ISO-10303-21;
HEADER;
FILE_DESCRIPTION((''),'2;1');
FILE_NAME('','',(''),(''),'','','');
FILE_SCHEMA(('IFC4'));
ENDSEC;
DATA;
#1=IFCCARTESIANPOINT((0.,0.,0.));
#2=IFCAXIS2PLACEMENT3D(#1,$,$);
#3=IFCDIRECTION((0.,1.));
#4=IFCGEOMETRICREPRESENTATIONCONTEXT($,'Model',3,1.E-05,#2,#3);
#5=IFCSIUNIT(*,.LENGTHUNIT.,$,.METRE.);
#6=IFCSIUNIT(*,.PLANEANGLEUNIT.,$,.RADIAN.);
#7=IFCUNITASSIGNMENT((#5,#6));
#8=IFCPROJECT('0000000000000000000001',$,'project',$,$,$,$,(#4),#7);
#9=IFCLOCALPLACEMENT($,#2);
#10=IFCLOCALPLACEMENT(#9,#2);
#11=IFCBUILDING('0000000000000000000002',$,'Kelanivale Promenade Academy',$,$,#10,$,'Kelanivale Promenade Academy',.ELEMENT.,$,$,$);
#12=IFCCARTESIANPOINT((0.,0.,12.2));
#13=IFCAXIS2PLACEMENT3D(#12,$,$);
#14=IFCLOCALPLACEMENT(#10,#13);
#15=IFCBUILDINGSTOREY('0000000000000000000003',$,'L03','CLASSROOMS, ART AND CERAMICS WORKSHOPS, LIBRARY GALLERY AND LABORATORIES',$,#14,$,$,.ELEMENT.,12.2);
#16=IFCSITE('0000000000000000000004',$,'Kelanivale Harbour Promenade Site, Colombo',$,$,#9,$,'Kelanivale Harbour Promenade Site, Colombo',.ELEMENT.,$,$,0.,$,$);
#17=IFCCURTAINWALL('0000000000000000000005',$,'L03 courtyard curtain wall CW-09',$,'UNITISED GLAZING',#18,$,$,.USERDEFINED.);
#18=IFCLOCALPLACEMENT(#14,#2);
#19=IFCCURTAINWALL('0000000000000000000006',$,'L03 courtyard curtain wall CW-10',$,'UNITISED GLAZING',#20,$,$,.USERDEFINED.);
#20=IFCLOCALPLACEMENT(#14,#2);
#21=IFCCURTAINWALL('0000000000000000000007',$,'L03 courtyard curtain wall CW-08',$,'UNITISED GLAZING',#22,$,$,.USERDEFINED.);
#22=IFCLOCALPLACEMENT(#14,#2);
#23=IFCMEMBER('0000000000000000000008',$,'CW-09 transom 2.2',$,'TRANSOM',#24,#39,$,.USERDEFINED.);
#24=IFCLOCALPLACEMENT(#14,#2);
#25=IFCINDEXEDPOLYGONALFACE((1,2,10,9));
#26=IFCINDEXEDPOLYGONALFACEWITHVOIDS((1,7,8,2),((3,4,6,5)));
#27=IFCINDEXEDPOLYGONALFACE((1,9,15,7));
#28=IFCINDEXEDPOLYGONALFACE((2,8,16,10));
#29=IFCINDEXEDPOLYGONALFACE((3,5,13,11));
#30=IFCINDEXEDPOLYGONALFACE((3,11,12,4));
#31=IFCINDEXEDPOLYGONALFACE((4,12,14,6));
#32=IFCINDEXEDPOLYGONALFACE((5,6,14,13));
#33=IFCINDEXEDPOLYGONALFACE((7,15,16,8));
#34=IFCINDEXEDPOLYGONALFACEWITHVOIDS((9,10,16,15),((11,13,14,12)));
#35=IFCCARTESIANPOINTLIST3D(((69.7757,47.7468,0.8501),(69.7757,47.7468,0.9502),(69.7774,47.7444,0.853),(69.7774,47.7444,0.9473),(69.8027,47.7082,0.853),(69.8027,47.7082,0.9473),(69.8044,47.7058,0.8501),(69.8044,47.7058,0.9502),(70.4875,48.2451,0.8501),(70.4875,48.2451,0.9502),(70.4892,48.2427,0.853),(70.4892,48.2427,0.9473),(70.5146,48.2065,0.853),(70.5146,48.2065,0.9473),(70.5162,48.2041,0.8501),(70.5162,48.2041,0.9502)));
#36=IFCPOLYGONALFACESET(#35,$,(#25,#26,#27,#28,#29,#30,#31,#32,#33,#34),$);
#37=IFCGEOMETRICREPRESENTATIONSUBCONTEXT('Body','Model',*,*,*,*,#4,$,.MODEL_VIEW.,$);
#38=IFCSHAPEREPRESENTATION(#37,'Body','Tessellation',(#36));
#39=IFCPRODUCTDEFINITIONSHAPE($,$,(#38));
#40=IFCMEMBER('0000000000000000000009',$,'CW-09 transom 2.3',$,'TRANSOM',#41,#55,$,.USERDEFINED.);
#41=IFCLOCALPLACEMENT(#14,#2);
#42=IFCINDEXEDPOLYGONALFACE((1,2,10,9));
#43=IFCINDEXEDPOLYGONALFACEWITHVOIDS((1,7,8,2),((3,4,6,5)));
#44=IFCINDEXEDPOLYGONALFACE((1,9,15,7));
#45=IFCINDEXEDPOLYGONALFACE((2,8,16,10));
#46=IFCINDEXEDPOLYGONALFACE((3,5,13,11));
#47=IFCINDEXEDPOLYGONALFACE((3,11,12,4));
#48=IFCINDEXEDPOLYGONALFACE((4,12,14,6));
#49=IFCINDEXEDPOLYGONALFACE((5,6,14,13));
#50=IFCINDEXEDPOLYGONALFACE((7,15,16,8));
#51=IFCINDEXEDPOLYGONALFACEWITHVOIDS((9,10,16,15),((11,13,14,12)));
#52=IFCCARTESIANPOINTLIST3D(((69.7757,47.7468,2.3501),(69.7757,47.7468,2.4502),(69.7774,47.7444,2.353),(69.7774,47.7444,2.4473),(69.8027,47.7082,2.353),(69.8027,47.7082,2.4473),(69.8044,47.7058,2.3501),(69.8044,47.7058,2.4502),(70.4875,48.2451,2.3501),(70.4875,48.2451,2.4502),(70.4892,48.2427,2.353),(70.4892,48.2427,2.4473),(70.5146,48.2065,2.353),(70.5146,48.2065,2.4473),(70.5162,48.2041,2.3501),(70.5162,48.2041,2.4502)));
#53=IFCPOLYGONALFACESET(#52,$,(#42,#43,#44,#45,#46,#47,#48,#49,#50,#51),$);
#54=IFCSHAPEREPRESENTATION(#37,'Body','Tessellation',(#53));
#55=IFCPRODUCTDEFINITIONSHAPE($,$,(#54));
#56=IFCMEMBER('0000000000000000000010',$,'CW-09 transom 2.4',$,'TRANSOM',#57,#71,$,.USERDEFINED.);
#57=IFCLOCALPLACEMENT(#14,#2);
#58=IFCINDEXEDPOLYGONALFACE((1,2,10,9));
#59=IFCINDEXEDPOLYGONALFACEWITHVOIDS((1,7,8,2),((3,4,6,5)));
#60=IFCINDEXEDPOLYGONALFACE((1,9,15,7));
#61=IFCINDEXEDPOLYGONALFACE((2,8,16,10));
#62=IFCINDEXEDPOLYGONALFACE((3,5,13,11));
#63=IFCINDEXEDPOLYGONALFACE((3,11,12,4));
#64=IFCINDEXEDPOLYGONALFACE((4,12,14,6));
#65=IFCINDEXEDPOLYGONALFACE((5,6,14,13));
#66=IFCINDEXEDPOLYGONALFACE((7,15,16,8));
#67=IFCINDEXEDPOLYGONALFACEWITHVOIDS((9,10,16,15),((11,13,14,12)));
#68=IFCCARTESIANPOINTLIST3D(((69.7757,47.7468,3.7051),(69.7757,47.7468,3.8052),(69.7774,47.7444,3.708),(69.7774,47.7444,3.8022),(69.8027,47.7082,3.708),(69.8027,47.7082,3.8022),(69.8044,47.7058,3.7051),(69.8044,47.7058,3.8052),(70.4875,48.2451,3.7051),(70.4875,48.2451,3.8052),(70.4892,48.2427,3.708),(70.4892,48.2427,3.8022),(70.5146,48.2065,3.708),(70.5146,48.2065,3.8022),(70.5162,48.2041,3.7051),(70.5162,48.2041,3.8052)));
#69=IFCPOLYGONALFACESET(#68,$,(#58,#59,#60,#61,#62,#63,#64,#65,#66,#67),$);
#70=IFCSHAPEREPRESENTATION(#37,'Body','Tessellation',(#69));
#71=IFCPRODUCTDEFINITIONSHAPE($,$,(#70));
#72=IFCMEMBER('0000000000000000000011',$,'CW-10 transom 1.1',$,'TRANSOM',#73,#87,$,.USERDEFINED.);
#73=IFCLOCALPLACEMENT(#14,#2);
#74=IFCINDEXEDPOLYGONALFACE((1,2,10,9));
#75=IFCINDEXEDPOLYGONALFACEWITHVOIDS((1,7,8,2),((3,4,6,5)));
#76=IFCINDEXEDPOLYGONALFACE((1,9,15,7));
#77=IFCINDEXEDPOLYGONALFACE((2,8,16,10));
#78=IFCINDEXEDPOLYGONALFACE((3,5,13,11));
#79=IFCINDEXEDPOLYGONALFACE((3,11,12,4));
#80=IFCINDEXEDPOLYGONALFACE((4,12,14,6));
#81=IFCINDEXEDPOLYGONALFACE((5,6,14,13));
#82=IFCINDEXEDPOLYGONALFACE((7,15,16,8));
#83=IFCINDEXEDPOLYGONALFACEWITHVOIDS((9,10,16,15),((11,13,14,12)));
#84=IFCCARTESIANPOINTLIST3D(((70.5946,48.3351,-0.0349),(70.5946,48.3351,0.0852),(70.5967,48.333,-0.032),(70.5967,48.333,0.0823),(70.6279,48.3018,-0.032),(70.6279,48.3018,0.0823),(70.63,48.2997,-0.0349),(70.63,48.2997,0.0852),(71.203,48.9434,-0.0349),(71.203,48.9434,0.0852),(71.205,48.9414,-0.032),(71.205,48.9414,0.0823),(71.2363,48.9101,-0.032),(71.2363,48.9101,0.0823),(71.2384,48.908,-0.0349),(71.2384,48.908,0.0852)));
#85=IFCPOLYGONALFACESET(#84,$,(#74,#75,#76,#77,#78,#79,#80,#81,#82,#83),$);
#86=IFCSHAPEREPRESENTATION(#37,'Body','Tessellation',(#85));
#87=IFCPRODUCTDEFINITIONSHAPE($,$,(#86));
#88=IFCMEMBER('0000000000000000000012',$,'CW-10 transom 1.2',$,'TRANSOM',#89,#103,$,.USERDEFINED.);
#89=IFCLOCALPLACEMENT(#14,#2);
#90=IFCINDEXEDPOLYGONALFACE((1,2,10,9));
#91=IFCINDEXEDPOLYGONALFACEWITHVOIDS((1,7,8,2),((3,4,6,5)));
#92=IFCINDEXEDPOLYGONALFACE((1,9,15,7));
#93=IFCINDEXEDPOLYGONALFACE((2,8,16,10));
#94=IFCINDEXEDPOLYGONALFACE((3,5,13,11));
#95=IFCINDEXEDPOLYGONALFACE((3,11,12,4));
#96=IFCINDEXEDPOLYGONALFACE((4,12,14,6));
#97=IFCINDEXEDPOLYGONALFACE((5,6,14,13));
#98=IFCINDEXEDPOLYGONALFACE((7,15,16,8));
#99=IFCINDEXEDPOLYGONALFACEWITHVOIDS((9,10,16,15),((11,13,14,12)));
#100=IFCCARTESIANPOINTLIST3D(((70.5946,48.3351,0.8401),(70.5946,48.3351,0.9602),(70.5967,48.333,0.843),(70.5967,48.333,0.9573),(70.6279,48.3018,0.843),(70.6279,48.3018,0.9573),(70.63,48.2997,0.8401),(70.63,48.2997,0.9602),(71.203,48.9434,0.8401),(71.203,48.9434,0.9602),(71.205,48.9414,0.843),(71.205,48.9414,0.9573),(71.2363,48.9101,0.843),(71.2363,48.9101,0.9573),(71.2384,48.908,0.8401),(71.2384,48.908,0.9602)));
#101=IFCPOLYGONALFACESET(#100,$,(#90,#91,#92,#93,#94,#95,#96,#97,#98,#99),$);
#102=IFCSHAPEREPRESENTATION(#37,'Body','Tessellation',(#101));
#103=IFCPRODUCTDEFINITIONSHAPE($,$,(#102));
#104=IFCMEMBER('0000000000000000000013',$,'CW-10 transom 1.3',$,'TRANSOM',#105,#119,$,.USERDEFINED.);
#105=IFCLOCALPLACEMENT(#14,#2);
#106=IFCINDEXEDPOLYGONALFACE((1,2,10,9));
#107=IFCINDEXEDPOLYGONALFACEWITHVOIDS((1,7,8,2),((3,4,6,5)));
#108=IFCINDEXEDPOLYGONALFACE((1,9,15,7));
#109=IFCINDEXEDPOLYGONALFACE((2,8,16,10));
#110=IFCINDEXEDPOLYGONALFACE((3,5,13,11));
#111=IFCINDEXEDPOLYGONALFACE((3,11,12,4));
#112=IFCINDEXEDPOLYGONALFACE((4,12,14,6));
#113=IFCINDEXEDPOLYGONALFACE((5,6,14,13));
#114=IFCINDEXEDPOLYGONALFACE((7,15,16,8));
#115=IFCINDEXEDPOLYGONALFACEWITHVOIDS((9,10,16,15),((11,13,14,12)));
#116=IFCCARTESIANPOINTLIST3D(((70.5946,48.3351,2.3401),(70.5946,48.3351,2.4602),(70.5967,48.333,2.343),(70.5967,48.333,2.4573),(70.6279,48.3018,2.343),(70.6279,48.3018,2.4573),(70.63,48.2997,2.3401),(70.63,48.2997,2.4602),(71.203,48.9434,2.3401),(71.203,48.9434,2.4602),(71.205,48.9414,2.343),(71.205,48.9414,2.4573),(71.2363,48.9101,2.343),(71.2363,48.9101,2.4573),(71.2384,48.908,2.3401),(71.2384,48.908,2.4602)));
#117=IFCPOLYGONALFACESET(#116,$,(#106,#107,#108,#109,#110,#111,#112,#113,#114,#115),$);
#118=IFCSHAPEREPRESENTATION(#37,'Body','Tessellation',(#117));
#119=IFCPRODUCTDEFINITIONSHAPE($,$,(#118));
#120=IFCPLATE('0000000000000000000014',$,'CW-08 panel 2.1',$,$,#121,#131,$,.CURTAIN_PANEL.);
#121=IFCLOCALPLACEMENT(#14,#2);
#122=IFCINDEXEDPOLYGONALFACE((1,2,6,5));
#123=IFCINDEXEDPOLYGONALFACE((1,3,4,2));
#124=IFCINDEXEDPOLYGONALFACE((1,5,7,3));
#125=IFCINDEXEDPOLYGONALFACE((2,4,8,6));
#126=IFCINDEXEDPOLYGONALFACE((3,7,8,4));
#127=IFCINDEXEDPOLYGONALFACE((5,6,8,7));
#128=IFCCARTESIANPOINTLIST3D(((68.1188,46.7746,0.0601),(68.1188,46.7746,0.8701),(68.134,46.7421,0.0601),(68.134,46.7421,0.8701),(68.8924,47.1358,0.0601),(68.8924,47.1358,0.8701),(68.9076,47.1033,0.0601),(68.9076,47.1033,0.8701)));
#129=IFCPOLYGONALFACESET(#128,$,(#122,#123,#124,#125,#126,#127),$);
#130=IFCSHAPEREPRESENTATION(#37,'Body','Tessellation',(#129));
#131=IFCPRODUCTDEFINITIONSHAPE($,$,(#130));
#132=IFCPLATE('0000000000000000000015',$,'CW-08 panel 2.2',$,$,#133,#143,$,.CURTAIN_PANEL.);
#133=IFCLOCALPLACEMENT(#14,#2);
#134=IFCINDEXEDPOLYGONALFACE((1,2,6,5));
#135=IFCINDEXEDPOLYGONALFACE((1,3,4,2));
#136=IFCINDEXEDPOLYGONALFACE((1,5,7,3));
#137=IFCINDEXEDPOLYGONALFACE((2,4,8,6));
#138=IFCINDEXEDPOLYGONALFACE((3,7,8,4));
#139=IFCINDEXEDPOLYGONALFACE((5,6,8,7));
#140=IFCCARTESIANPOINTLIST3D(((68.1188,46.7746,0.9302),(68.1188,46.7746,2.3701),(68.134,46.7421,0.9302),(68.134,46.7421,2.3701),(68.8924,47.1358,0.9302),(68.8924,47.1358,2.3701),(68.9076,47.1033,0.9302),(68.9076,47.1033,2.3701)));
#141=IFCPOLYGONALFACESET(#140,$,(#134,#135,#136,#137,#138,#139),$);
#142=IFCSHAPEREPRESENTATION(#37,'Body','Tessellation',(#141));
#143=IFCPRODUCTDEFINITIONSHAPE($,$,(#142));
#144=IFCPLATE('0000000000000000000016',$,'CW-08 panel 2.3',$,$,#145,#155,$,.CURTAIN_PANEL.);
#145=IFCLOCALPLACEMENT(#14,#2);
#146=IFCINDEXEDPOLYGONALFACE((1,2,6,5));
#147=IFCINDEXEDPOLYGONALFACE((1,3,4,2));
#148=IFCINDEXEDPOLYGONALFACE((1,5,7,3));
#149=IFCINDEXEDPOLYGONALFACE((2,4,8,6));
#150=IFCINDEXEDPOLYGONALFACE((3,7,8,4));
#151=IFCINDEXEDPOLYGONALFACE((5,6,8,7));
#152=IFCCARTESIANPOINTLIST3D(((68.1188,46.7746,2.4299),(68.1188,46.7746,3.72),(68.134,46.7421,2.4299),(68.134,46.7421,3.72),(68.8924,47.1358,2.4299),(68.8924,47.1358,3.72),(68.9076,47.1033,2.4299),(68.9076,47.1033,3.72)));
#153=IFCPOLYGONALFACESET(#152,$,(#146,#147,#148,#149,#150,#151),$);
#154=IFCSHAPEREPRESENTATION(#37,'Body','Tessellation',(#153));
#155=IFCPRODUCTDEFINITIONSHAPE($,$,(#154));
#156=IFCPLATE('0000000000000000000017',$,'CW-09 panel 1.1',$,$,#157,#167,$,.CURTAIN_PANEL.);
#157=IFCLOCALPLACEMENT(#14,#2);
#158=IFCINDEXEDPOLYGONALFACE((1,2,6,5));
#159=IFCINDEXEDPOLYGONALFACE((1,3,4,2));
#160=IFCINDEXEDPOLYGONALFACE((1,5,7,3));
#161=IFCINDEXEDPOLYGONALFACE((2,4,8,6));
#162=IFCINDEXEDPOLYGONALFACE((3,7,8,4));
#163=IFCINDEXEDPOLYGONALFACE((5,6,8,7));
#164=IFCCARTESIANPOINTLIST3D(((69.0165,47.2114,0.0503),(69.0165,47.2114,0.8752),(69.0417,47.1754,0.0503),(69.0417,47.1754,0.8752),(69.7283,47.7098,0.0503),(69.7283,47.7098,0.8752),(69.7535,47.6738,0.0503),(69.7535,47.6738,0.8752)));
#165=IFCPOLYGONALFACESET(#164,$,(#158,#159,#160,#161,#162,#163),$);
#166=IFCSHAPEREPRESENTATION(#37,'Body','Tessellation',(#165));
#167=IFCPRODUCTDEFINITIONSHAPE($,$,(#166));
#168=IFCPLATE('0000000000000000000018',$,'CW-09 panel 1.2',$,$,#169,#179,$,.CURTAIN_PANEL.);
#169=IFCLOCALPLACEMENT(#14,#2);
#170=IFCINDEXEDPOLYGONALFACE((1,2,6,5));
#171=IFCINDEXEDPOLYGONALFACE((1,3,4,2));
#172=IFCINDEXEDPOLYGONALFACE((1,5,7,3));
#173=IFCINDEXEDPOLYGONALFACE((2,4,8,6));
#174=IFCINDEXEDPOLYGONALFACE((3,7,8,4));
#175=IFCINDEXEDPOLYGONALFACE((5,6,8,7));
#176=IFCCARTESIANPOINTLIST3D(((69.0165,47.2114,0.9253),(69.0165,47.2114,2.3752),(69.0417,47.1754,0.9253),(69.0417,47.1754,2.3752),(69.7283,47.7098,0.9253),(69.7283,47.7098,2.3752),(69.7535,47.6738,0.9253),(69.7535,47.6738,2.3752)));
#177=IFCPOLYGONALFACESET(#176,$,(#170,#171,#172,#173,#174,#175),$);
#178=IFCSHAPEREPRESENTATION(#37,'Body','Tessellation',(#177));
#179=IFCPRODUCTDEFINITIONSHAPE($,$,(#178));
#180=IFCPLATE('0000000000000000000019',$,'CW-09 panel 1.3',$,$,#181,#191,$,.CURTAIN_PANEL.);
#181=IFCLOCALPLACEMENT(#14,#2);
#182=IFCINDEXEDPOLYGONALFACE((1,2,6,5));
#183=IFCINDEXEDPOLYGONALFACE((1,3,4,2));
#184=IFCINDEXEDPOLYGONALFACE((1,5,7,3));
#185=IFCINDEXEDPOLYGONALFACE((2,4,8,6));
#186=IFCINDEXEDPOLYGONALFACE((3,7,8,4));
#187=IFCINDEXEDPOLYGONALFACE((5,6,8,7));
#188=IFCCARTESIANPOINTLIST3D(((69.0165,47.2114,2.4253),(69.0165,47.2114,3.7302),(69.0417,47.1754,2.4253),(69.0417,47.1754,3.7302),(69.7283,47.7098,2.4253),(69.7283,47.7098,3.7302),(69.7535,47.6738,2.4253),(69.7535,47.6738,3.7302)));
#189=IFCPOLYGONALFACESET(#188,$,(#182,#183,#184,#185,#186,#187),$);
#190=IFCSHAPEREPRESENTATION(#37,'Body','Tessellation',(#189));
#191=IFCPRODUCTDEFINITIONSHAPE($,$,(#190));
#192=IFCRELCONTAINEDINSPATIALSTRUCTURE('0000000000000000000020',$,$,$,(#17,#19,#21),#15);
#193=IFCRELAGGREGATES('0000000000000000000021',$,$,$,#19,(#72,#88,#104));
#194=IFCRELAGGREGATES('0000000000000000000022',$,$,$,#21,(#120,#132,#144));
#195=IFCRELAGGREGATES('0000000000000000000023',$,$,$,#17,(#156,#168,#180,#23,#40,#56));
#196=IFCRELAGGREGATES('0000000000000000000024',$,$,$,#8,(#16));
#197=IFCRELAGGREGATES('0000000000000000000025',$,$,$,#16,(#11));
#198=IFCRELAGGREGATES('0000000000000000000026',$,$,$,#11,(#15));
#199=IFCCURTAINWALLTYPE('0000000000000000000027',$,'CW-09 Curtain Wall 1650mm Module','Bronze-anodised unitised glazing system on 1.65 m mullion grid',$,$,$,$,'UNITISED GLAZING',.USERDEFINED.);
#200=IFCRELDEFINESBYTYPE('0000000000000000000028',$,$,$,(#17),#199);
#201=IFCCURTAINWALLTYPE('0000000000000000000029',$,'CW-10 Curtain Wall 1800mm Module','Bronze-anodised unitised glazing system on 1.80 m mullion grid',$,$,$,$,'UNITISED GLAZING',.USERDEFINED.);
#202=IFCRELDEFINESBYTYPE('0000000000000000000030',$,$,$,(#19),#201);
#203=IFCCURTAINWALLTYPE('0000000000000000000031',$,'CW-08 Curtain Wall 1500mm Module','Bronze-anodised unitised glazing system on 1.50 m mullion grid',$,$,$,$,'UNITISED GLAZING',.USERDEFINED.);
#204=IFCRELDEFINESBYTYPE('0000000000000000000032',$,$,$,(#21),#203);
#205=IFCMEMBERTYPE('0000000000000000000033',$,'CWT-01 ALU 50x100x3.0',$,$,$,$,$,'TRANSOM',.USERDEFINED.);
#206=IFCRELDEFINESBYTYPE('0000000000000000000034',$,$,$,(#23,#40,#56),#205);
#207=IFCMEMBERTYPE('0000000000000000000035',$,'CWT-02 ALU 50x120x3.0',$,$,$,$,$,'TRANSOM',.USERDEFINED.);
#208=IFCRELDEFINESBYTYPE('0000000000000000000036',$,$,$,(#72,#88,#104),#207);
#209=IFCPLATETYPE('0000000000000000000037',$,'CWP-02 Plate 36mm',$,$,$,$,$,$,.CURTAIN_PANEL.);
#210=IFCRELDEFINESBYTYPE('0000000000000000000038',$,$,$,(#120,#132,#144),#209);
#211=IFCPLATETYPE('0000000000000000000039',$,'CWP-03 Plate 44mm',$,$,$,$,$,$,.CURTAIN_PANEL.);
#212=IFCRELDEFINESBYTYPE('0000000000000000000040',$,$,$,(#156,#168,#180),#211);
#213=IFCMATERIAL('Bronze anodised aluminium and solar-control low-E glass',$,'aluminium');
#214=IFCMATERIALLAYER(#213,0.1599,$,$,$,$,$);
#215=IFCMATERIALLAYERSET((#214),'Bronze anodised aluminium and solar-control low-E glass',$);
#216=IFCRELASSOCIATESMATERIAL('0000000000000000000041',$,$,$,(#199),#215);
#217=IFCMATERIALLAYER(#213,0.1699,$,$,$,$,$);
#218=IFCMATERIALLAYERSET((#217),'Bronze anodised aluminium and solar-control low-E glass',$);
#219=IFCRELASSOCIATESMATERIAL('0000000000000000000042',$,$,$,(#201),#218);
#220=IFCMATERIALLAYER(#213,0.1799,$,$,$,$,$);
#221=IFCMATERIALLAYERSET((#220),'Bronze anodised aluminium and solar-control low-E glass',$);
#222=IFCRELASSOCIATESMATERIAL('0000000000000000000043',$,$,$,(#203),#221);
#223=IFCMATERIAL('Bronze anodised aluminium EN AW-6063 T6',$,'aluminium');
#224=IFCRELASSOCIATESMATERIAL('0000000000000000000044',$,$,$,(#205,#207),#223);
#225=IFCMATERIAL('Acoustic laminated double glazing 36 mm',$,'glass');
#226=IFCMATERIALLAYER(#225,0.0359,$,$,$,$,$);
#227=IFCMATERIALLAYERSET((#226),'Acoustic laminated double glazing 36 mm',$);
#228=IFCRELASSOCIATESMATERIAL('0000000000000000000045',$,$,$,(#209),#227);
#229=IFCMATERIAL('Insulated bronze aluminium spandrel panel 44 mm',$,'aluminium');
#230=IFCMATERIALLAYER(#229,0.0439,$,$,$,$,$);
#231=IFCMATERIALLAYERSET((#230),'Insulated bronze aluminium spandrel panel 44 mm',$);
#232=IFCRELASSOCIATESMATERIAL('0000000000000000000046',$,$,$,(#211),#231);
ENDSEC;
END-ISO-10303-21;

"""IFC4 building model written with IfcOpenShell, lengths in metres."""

from ifc_helpers import new_model, si_unit, direction, frame, origin, origin_2d, place, context, subcontext, project, spatial, rectangle, hollow_rectangle, extrude, material, layer, layer_set, material_profile, profile_set, type_object, element, aggregate, save


model = new_model("IFC4")

# Units and contexts
model_context = context("Model", 3, precision=1e-05, world=origin(), true_north=direction((0.0, 1.0)))
body_context = subcontext(model_context, "Body", "Model", "MODEL_VIEW")
ifc_project = project(units=[si_unit("LENGTHUNIT", "METRE"), si_unit("PLANEANGLEUNIT", "RADIAN")], contexts=[model_context])

# Site, building, storey
site_placement = place(None, origin())
site = spatial("IfcSite", under=ifc_project, at=site_placement, Name="Kelanivale Harbour Promenade Site, Colombo", LongName="Kelanivale Harbour Promenade Site, Colombo", CompositionType="ELEMENT", RefElevation=0.0)
building_placement = place(site_placement, origin())
building = spatial("IfcBuilding", under=site, at=building_placement, Name="Kelanivale Promenade Academy", LongName="Kelanivale Promenade Academy", CompositionType="ELEMENT")
storey_placement = place(building_placement, frame((0.0, 0.0, 12.2)))
storey = spatial("IfcBuildingStorey", under=building, at=storey_placement, Name="L03", Description="CLASSROOMS, ART AND CERAMICS WORKSHOPS, LIBRARY GALLERY AND LABORATORIES", CompositionType="ELEMENT", Elevation=12.2)

# Curtain wall
ifc_material_1 = material(Name="Bronze anodised aluminium and solar-control low-E glass", Category="aluminium")
ifc_layer_1 = layer(ifc_material_1, 0.1599)
ifc_layer_set_1 = layer_set([ifc_layer_1], Name="Bronze anodised aluminium and solar-control low-E glass")
curtain_wall_type_1 = type_object("IfcCurtainWallType", Name="CW-09 Curtain Wall 1650mm Module", Description="Bronze-anodised unitised glazing system on 1.65 m mullion grid", ElementType="UNITISED GLAZING", PredefinedType="USERDEFINED", material=ifc_layer_set_1)
curtain_wall_1_placement = place(storey_placement, origin())
curtain_wall_1 = element("IfcCurtainWall", 1, at=curtain_wall_1_placement, inside=storey, type_object=curtain_wall_type_1, Name="L03 courtyard curtain wall CW-09", ObjectType="UNITISED GLAZING", PredefinedType="USERDEFINED")
ifc_material_2 = material(Name="Bronze anodised aluminium EN AW-6063 T6", Category="aluminium")

# Curtain walls
ifc_layer_2 = layer(ifc_material_1, 0.1699)
ifc_layer_set_2 = layer_set([ifc_layer_2], Name="Bronze anodised aluminium and solar-control low-E glass")
curtain_wall_type_2 = type_object("IfcCurtainWallType", Name="CW-10 Curtain Wall 1800mm Module", Description="Bronze-anodised unitised glazing system on 1.80 m mullion grid", ElementType="UNITISED GLAZING", PredefinedType="USERDEFINED", material=ifc_layer_set_2)
curtain_wall_2_placement = place(storey_placement, origin())
curtain_wall_2 = element("IfcCurtainWall", 2, at=curtain_wall_2_placement, inside=storey, type_object=curtain_wall_type_2, Name="L03 courtyard curtain wall CW-10", ObjectType="UNITISED GLAZING", PredefinedType="USERDEFINED")
ifc_layer_3 = layer(ifc_material_1, 0.1799)
ifc_layer_set_3 = layer_set([ifc_layer_3], Name="Bronze anodised aluminium and solar-control low-E glass")
curtain_wall_type_3 = type_object("IfcCurtainWallType", Name="CW-08 Curtain Wall 1500mm Module", Description="Bronze-anodised unitised glazing system on 1.50 m mullion grid", ElementType="UNITISED GLAZING", PredefinedType="USERDEFINED", material=ifc_layer_set_3)
curtain_wall_3_placement = place(storey_placement, origin())
curtain_wall_3 = element("IfcCurtainWall", 3, at=curtain_wall_3_placement, inside=storey, type_object=curtain_wall_type_3, Name="L03 courtyard curtain wall CW-08", ObjectType="UNITISED GLAZING", PredefinedType="USERDEFINED")

# Members
ifc_material_profile_1 = material_profile(ifc_material_2, hollow_rectangle(XDim=0.05, YDim=0.1001, WallThickness=0.0029, at=origin_2d()), Name="ALU 50x100x3.0")
ifc_profile_set_1 = profile_set([ifc_material_profile_1], Name="Bronze anodised aluminium EN AW-6063 T6")
member_type_1 = type_object("IfcMemberType", Name="CWT-01 ALU 50x100x3.0", ElementType="TRANSOM", PredefinedType="USERDEFINED", material=ifc_profile_set_1)
member_1_placement = place(storey_placement, frame((69.79, 47.7263, 0.9001), z_axis=(0.819258, 0.573425, 0.0), x_axis=(-0.573425, 0.819258, 0.0)))
member_1 = element("IfcMember", 4, at=member_1_placement, type_object=member_type_1, Name="CW-09 transom 2.2", ObjectType="TRANSOM", PredefinedType="USERDEFINED", context=body_context, shape_type="SweptSolid", body=[
    extrude(hollow_rectangle(XDim=0.05, YDim=0.1001, WallThickness=0.0029, at=origin_2d()), origin(), (0.0, 0.0, 1.0), 0.8689),
])
member_2_placement = place(storey_placement, frame((69.79, 47.7263, 2.4001), z_axis=(0.819258, 0.573425, 0.0), x_axis=(-0.573425, 0.819258, 0.0)))
member_2 = element("IfcMember", 5, at=member_2_placement, type_object=member_type_1, Name="CW-09 transom 2.3", ObjectType="TRANSOM", PredefinedType="USERDEFINED", context=body_context, shape_type="SweptSolid", body=[
    extrude(hollow_rectangle(XDim=0.05, YDim=0.1001, WallThickness=0.0029, at=origin_2d()), origin(), (0.0, 0.0, 1.0), 0.8689),
])
member_3_placement = place(storey_placement, frame((69.79, 47.7263, 3.7551), z_axis=(0.819258, 0.573425, 0.0), x_axis=(-0.573425, 0.819258, 0.0)))
member_3 = element("IfcMember", 6, at=member_3_placement, type_object=member_type_1, Name="CW-09 transom 2.4", ObjectType="TRANSOM", PredefinedType="USERDEFINED", context=body_context, shape_type="SweptSolid", body=[
    extrude(hollow_rectangle(XDim=0.05, YDim=0.1001, WallThickness=0.0029, at=origin_2d()), origin(), (0.0, 0.0, 1.0), 0.8689),
])
ifc_material_profile_2 = material_profile(ifc_material_2, hollow_rectangle(XDim=0.05, YDim=0.1201, WallThickness=0.0029, at=origin_2d()), Name="ALU 50x120x3.0")
ifc_profile_set_2 = profile_set([ifc_material_profile_2], Name="Bronze anodised aluminium EN AW-6063 T6")
member_type_2 = type_object("IfcMemberType", Name="CWT-02 ALU 50x120x3.0", ElementType="TRANSOM", PredefinedType="USERDEFINED", material=ifc_profile_set_2)
member_4_placement = place(storey_placement, frame((70.6123, 48.3174, 0.0251), z_axis=(0.707107, 0.707107, 0.0), x_axis=(-0.707107, 0.707107, 0.0)))
member_4 = element("IfcMember", 7, at=member_4_placement, type_object=member_type_2, Name="CW-10 transom 1.1", ObjectType="TRANSOM", PredefinedType="USERDEFINED", context=body_context, shape_type="SweptSolid", body=[
    extrude(hollow_rectangle(XDim=0.05, YDim=0.1201, WallThickness=0.0029, at=origin_2d()), origin(), (0.0, 0.0, 1.0), 0.8604),
])
member_5_placement = place(storey_placement, frame((70.6123, 48.3174, 0.9001), z_axis=(0.707107, 0.707107, 0.0), x_axis=(-0.707107, 0.707107, 0.0)))
member_5 = element("IfcMember", 8, at=member_5_placement, type_object=member_type_2, Name="CW-10 transom 1.2", ObjectType="TRANSOM", PredefinedType="USERDEFINED", context=body_context, shape_type="SweptSolid", body=[
    extrude(hollow_rectangle(XDim=0.05, YDim=0.1201, WallThickness=0.0029, at=origin_2d()), origin(), (0.0, 0.0, 1.0), 0.8604),
])
member_6_placement = place(storey_placement, frame((70.6123, 48.3174, 2.4001), z_axis=(0.707107, 0.707107, 0.0), x_axis=(-0.707107, 0.707107, 0.0)))
member_6 = element("IfcMember", 9, at=member_6_placement, type_object=member_type_2, Name="CW-10 transom 1.3", ObjectType="TRANSOM", PredefinedType="USERDEFINED", context=body_context, shape_type="SweptSolid", body=[
    extrude(hollow_rectangle(XDim=0.05, YDim=0.1201, WallThickness=0.0029, at=origin_2d()), origin(), (0.0, 0.0, 1.0), 0.8604),
])
aggregate(curtain_wall_2, [member_4, member_5, member_6])

# Plates
ifc_material_3 = material(Name="Acoustic laminated double glazing 36 mm", Category="glass")
ifc_layer_4 = layer(ifc_material_3, 0.0359)
ifc_layer_set_4 = layer_set([ifc_layer_4], Name="Acoustic laminated double glazing 36 mm")
plate_type_1 = type_object("IfcPlateType", Name="CWP-02 Plate 36mm", PredefinedType="CURTAIN_PANEL", material=ifc_layer_set_4)
plate_1_placement = place(storey_placement, frame((68.5132, 46.939, 0.0601), z_axis=(0.0, 0.0, 1.0), x_axis=(0.906089, 0.423087, 0.0)))
plate_1 = element("IfcPlate", 10, at=plate_1_placement, type_object=plate_type_1, Name="CW-08 panel 2.1", PredefinedType="CURTAIN_PANEL", context=body_context, shape_type="SweptSolid", body=[
    extrude(rectangle(XDim=0.8538, YDim=0.0359, at=origin_2d()), origin(), (0.0, 0.0, 1.0), 0.8101),
])
plate_2_placement = place(storey_placement, frame((68.5132, 46.939, 0.9302), z_axis=(0.0, 0.0, 1.0), x_axis=(0.906089, 0.423087, 0.0)))
plate_2 = element("IfcPlate", 11, at=plate_2_placement, type_object=plate_type_1, Name="CW-08 panel 2.2", PredefinedType="CURTAIN_PANEL", context=body_context, shape_type="SweptSolid", body=[
    extrude(rectangle(XDim=0.8538, YDim=0.0359, at=origin_2d()), origin(), (0.0, 0.0, 1.0), 1.4399),
])
plate_3_placement = place(storey_placement, frame((68.5132, 46.939, 2.4299), z_axis=(0.0, 0.0, 1.0), x_axis=(0.906089, 0.423087, 0.0)))
plate_3 = element("IfcPlate", 12, at=plate_3_placement, type_object=plate_type_1, Name="CW-08 panel 2.3", PredefinedType="CURTAIN_PANEL", context=body_context, shape_type="SweptSolid", body=[
    extrude(rectangle(XDim=0.8538, YDim=0.0359, at=origin_2d()), origin(), (0.0, 0.0, 1.0), 1.29),
])
aggregate(curtain_wall_3, [plate_1, plate_2, plate_3])
ifc_material_4 = material(Name="Insulated bronze aluminium spandrel panel 44 mm", Category="aluminium")
ifc_layer_5 = layer(ifc_material_4, 0.0439)
ifc_layer_set_5 = layer_set([ifc_layer_5], Name="Insulated bronze aluminium spandrel panel 44 mm")
plate_type_2 = type_object("IfcPlateType", Name="CWP-03 Plate 44mm", PredefinedType="CURTAIN_PANEL", material=ifc_layer_set_5)
plate_4_placement = place(storey_placement, frame((69.385, 47.4426, 0.0503), z_axis=(0.0, 0.0, 1.0), x_axis=(0.819158, 0.573567, 0.0)))
plate_4 = element("IfcPlate", 13, at=plate_4_placement, type_object=plate_type_2, Name="CW-09 panel 1.1", PredefinedType="CURTAIN_PANEL", context=body_context, shape_type="SweptSolid", body=[
    extrude(rectangle(XDim=0.8689, YDim=0.0439, at=origin_2d()), origin(), (0.0, 0.0, 1.0), 0.825),
])
plate_5_placement = place(storey_placement, frame((69.385, 47.4426, 0.9253), z_axis=(0.0, 0.0, 1.0), x_axis=(0.819158, 0.573567, 0.0)))
plate_5 = element("IfcPlate", 14, at=plate_5_placement, type_object=plate_type_2, Name="CW-09 panel 1.2", PredefinedType="CURTAIN_PANEL", context=body_context, shape_type="SweptSolid", body=[
    extrude(rectangle(XDim=0.8689, YDim=0.0439, at=origin_2d()), origin(), (0.0, 0.0, 1.0), 1.45),
])
plate_6_placement = place(storey_placement, frame((69.385, 47.4426, 2.4253), z_axis=(0.0, 0.0, 1.0), x_axis=(0.819158, 0.573567, 0.0)))
plate_6 = element("IfcPlate", 15, at=plate_6_placement, type_object=plate_type_2, Name="CW-09 panel 1.3", PredefinedType="CURTAIN_PANEL", context=body_context, shape_type="SweptSolid", body=[
    extrude(rectangle(XDim=0.8689, YDim=0.0439, at=origin_2d()), origin(), (0.0, 0.0, 1.0), 1.3049),
])
aggregate(curtain_wall_1, [plate_4, plate_5, plate_6, member_1, member_2, member_3])

save(model, "model.ifc")
